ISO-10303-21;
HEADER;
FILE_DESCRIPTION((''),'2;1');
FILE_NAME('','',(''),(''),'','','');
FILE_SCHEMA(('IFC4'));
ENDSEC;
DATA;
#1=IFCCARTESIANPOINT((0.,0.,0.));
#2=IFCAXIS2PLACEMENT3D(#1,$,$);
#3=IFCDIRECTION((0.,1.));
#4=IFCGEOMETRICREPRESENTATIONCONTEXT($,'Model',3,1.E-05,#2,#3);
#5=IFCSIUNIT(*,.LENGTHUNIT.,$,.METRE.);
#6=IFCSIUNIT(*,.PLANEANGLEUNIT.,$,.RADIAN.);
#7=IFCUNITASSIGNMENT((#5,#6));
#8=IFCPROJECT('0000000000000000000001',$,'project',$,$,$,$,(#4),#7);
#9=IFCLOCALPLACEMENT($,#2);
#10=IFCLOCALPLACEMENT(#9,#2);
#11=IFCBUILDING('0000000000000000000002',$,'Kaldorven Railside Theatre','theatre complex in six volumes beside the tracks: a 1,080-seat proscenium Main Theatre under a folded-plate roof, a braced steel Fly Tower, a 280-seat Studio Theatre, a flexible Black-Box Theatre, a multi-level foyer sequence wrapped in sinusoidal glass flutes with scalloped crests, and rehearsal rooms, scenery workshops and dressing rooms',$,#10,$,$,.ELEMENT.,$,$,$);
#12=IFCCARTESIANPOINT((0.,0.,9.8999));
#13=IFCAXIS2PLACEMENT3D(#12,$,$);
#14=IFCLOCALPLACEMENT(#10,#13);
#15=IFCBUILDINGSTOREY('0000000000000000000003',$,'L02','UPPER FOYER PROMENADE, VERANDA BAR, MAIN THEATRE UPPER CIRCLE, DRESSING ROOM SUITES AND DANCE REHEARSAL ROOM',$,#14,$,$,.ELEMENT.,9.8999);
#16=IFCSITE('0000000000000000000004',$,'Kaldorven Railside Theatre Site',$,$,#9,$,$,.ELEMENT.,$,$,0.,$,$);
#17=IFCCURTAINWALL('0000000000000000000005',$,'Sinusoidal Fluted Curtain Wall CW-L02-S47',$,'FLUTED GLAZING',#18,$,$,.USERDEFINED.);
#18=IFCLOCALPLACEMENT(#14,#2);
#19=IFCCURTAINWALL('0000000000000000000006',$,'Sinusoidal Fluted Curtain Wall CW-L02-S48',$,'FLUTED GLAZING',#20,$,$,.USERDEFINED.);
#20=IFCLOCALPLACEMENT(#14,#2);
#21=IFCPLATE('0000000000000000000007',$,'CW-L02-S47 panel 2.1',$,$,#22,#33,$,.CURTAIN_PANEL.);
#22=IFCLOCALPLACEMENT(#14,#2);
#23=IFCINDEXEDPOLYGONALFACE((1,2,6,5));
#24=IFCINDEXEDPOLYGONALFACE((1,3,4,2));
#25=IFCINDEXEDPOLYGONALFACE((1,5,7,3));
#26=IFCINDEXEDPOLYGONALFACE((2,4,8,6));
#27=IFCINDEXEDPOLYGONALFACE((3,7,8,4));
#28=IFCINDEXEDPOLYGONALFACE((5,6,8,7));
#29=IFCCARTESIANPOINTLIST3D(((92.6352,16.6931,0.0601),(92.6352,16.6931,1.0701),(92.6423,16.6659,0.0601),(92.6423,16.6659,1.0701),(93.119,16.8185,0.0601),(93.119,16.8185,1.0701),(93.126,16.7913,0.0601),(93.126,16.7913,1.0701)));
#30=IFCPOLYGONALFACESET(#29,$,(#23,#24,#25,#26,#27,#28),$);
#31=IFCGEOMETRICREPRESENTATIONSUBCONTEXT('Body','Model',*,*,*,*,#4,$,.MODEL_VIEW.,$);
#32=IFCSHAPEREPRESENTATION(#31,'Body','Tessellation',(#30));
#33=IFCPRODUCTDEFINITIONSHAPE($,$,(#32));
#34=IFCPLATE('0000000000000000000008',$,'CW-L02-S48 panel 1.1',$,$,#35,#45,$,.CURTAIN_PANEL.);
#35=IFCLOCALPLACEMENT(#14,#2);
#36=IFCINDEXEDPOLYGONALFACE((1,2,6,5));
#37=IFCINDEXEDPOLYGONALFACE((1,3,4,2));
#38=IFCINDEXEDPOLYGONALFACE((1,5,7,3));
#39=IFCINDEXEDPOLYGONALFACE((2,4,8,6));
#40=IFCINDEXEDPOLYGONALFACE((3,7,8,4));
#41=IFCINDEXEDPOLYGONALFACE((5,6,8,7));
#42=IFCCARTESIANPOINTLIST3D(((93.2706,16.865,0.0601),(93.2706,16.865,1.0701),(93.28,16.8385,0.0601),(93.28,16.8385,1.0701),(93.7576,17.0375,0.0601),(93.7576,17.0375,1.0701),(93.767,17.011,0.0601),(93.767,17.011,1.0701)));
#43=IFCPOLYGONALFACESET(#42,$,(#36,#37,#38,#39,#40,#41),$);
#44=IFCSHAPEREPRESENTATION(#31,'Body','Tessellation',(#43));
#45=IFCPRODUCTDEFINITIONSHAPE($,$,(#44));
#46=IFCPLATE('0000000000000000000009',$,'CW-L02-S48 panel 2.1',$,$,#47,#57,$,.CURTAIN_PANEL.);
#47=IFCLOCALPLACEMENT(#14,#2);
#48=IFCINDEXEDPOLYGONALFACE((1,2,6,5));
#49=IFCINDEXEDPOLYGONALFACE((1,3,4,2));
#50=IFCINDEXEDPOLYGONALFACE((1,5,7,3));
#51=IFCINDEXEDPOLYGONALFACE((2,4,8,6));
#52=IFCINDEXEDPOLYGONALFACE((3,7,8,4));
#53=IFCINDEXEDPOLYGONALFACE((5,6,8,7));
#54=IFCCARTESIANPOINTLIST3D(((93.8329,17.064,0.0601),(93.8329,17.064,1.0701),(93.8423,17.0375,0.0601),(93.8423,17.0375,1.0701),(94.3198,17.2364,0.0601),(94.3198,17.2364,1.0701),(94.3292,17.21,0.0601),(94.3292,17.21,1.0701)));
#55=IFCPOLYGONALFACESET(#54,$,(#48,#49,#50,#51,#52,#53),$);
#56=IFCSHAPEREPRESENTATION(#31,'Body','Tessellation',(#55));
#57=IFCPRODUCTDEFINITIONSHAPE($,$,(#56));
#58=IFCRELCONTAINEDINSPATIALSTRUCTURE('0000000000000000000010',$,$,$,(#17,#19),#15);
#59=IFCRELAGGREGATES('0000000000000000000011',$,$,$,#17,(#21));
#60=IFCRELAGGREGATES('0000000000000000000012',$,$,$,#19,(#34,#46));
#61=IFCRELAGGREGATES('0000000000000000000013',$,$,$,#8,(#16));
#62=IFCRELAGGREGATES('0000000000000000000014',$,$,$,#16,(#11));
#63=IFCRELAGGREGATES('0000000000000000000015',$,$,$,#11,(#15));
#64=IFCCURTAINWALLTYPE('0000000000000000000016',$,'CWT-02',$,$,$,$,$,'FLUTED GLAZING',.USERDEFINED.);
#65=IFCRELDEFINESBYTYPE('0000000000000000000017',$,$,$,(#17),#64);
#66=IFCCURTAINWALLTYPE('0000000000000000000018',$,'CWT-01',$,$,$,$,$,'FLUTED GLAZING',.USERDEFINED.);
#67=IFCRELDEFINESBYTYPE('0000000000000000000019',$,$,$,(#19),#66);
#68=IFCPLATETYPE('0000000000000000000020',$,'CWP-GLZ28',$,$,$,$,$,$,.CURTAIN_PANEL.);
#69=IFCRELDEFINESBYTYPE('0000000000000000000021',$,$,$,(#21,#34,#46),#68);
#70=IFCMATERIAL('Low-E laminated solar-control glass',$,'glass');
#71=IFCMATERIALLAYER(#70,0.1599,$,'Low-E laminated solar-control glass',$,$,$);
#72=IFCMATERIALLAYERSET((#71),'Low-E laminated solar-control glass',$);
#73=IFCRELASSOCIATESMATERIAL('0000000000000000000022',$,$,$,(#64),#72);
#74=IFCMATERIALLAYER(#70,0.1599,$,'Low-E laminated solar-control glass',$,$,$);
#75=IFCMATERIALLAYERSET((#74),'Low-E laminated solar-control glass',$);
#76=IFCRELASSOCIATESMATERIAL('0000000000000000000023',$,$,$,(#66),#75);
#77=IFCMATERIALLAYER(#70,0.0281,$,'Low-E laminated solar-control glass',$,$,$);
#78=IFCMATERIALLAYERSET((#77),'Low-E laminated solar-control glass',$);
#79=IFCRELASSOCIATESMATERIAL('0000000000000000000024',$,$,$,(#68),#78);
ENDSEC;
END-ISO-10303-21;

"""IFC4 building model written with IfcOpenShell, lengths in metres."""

from ifc_helpers import new_model, si_unit, direction, frame, origin, origin_2d, place, context, subcontext, project, spatial, rectangle, extrude, material, layer, layer_set, type_object, element, aggregate, save


model = new_model("IFC4")

# Units and contexts
model_context = context("Model", 3, precision=1e-05, world=origin(), true_north=direction((0.0, 1.0)))
body_context = subcontext(model_context, "Body", "Model", "MODEL_VIEW")
ifc_project = project(units=[si_unit("LENGTHUNIT", "METRE"), si_unit("PLANEANGLEUNIT", "RADIAN")], contexts=[model_context])

# Site, building, storey
site_placement = place(None, origin())
site = spatial("IfcSite", under=ifc_project, at=site_placement, Name="Kaldorven Railside Theatre Site", CompositionType="ELEMENT", RefElevation=0.0)
building_placement = place(site_placement, origin())
building = spatial("IfcBuilding", under=site, at=building_placement, Name="Kaldorven Railside Theatre", Description="theatre complex in six volumes beside the tracks: a 1,080-seat proscenium Main Theatre under a folded-plate roof, a braced steel Fly Tower, a 280-seat Studio Theatre, a flexible Black-Box Theatre, a multi-level foyer sequence wrapped in sinusoidal glass flutes with scalloped crests, and rehearsal rooms, scenery workshops and dressing rooms", CompositionType="ELEMENT")
storey_placement = place(building_placement, frame((0.0, 0.0, 9.8999)))
storey = spatial("IfcBuildingStorey", under=building, at=storey_placement, Name="L02", Description="UPPER FOYER PROMENADE, VERANDA BAR, MAIN THEATRE UPPER CIRCLE, DRESSING ROOM SUITES AND DANCE REHEARSAL ROOM", CompositionType="ELEMENT", Elevation=9.8999)

# Shared definitions
ifc_material_1 = material(Name="Low-E laminated solar-control glass", Category="glass")

# Curtain walls
ifc_layer_1 = layer(ifc_material_1, 0.1599, Name="Low-E laminated solar-control glass")
ifc_layer_set_1 = layer_set([ifc_layer_1], Name="Low-E laminated solar-control glass")
curtain_wall_type_1 = type_object("IfcCurtainWallType", Name="CWT-02", ElementType="FLUTED GLAZING", PredefinedType="USERDEFINED", material=ifc_layer_set_1)
curtain_wall_1_placement = place(storey_placement, origin())
curtain_wall_1 = element("IfcCurtainWall", 1, at=curtain_wall_1_placement, inside=storey, type_object=curtain_wall_type_1, Name="Sinusoidal Fluted Curtain Wall CW-L02-S47", ObjectType="FLUTED GLAZING", PredefinedType="USERDEFINED")
ifc_layer_2 = layer(ifc_material_1, 0.1599, Name="Low-E laminated solar-control glass")
ifc_layer_set_2 = layer_set([ifc_layer_2], Name="Low-E laminated solar-control glass")
curtain_wall_type_2 = type_object("IfcCurtainWallType", Name="CWT-01", ElementType="FLUTED GLAZING", PredefinedType="USERDEFINED", material=ifc_layer_set_2)
curtain_wall_2_placement = place(storey_placement, origin())
curtain_wall_2 = element("IfcCurtainWall", 2, at=curtain_wall_2_placement, inside=storey, type_object=curtain_wall_type_2, Name="Sinusoidal Fluted Curtain Wall CW-L02-S48", ObjectType="FLUTED GLAZING", PredefinedType="USERDEFINED")

# Plates
ifc_layer_3 = layer(ifc_material_1, 0.0281, Name="Low-E laminated solar-control glass")
ifc_layer_set_3 = layer_set([ifc_layer_3], Name="Low-E laminated solar-control glass")
plate_type = type_object("IfcPlateType", Name="CWP-GLZ28", PredefinedType="CURTAIN_PANEL", material=ifc_layer_set_3)
plate_1_placement = place(storey_placement, frame((92.8806, 16.7422, 0.0601), z_axis=(0.0, 0.0, 1.0), x_axis=(0.967999, 0.250954, 0.0)))
plate_1 = element("IfcPlate", 3, at=plate_1_placement, type_object=plate_type, Name="CW-L02-S47 panel 2.1", PredefinedType="CURTAIN_PANEL", context=body_context, shape_type="SweptSolid", body=[
    extrude(rectangle(XDim=0.4998, YDim=0.0281, at=origin_2d()), origin(), (0.0, 0.0, 1.0), 1.01),
])
aggregate(curtain_wall_1, [plate_1])
plate_2_placement = place(storey_placement, frame((93.5188, 16.938, 0.0601), z_axis=(0.0, 0.0, 1.0), x_axis=(0.942627, 0.333847, 0.0)))
plate_2 = element("IfcPlate", 4, at=plate_2_placement, type_object=plate_type, Name="CW-L02-S48 panel 1.1", PredefinedType="CURTAIN_PANEL", context=body_context, shape_type="SweptSolid", body=[
    extrude(rectangle(XDim=0.5166, YDim=0.0281, at=origin_2d()), origin(), (0.0, 0.0, 1.0), 1.01),
])
plate_3_placement = place(storey_placement, frame((94.0811, 17.137, 0.0601), z_axis=(0.0, 0.0, 1.0), x_axis=(0.942627, 0.333847, 0.0)))
plate_3 = element("IfcPlate", 5, at=plate_3_placement, type_object=plate_type, Name="CW-L02-S48 panel 2.1", PredefinedType="CURTAIN_PANEL", context=body_context, shape_type="SweptSolid", body=[
    extrude(rectangle(XDim=0.5166, YDim=0.0281, at=origin_2d()), origin(), (0.0, 0.0, 1.0), 1.01),
])
aggregate(curtain_wall_2, [plate_2, plate_3])

save(model, "model.ifc")
